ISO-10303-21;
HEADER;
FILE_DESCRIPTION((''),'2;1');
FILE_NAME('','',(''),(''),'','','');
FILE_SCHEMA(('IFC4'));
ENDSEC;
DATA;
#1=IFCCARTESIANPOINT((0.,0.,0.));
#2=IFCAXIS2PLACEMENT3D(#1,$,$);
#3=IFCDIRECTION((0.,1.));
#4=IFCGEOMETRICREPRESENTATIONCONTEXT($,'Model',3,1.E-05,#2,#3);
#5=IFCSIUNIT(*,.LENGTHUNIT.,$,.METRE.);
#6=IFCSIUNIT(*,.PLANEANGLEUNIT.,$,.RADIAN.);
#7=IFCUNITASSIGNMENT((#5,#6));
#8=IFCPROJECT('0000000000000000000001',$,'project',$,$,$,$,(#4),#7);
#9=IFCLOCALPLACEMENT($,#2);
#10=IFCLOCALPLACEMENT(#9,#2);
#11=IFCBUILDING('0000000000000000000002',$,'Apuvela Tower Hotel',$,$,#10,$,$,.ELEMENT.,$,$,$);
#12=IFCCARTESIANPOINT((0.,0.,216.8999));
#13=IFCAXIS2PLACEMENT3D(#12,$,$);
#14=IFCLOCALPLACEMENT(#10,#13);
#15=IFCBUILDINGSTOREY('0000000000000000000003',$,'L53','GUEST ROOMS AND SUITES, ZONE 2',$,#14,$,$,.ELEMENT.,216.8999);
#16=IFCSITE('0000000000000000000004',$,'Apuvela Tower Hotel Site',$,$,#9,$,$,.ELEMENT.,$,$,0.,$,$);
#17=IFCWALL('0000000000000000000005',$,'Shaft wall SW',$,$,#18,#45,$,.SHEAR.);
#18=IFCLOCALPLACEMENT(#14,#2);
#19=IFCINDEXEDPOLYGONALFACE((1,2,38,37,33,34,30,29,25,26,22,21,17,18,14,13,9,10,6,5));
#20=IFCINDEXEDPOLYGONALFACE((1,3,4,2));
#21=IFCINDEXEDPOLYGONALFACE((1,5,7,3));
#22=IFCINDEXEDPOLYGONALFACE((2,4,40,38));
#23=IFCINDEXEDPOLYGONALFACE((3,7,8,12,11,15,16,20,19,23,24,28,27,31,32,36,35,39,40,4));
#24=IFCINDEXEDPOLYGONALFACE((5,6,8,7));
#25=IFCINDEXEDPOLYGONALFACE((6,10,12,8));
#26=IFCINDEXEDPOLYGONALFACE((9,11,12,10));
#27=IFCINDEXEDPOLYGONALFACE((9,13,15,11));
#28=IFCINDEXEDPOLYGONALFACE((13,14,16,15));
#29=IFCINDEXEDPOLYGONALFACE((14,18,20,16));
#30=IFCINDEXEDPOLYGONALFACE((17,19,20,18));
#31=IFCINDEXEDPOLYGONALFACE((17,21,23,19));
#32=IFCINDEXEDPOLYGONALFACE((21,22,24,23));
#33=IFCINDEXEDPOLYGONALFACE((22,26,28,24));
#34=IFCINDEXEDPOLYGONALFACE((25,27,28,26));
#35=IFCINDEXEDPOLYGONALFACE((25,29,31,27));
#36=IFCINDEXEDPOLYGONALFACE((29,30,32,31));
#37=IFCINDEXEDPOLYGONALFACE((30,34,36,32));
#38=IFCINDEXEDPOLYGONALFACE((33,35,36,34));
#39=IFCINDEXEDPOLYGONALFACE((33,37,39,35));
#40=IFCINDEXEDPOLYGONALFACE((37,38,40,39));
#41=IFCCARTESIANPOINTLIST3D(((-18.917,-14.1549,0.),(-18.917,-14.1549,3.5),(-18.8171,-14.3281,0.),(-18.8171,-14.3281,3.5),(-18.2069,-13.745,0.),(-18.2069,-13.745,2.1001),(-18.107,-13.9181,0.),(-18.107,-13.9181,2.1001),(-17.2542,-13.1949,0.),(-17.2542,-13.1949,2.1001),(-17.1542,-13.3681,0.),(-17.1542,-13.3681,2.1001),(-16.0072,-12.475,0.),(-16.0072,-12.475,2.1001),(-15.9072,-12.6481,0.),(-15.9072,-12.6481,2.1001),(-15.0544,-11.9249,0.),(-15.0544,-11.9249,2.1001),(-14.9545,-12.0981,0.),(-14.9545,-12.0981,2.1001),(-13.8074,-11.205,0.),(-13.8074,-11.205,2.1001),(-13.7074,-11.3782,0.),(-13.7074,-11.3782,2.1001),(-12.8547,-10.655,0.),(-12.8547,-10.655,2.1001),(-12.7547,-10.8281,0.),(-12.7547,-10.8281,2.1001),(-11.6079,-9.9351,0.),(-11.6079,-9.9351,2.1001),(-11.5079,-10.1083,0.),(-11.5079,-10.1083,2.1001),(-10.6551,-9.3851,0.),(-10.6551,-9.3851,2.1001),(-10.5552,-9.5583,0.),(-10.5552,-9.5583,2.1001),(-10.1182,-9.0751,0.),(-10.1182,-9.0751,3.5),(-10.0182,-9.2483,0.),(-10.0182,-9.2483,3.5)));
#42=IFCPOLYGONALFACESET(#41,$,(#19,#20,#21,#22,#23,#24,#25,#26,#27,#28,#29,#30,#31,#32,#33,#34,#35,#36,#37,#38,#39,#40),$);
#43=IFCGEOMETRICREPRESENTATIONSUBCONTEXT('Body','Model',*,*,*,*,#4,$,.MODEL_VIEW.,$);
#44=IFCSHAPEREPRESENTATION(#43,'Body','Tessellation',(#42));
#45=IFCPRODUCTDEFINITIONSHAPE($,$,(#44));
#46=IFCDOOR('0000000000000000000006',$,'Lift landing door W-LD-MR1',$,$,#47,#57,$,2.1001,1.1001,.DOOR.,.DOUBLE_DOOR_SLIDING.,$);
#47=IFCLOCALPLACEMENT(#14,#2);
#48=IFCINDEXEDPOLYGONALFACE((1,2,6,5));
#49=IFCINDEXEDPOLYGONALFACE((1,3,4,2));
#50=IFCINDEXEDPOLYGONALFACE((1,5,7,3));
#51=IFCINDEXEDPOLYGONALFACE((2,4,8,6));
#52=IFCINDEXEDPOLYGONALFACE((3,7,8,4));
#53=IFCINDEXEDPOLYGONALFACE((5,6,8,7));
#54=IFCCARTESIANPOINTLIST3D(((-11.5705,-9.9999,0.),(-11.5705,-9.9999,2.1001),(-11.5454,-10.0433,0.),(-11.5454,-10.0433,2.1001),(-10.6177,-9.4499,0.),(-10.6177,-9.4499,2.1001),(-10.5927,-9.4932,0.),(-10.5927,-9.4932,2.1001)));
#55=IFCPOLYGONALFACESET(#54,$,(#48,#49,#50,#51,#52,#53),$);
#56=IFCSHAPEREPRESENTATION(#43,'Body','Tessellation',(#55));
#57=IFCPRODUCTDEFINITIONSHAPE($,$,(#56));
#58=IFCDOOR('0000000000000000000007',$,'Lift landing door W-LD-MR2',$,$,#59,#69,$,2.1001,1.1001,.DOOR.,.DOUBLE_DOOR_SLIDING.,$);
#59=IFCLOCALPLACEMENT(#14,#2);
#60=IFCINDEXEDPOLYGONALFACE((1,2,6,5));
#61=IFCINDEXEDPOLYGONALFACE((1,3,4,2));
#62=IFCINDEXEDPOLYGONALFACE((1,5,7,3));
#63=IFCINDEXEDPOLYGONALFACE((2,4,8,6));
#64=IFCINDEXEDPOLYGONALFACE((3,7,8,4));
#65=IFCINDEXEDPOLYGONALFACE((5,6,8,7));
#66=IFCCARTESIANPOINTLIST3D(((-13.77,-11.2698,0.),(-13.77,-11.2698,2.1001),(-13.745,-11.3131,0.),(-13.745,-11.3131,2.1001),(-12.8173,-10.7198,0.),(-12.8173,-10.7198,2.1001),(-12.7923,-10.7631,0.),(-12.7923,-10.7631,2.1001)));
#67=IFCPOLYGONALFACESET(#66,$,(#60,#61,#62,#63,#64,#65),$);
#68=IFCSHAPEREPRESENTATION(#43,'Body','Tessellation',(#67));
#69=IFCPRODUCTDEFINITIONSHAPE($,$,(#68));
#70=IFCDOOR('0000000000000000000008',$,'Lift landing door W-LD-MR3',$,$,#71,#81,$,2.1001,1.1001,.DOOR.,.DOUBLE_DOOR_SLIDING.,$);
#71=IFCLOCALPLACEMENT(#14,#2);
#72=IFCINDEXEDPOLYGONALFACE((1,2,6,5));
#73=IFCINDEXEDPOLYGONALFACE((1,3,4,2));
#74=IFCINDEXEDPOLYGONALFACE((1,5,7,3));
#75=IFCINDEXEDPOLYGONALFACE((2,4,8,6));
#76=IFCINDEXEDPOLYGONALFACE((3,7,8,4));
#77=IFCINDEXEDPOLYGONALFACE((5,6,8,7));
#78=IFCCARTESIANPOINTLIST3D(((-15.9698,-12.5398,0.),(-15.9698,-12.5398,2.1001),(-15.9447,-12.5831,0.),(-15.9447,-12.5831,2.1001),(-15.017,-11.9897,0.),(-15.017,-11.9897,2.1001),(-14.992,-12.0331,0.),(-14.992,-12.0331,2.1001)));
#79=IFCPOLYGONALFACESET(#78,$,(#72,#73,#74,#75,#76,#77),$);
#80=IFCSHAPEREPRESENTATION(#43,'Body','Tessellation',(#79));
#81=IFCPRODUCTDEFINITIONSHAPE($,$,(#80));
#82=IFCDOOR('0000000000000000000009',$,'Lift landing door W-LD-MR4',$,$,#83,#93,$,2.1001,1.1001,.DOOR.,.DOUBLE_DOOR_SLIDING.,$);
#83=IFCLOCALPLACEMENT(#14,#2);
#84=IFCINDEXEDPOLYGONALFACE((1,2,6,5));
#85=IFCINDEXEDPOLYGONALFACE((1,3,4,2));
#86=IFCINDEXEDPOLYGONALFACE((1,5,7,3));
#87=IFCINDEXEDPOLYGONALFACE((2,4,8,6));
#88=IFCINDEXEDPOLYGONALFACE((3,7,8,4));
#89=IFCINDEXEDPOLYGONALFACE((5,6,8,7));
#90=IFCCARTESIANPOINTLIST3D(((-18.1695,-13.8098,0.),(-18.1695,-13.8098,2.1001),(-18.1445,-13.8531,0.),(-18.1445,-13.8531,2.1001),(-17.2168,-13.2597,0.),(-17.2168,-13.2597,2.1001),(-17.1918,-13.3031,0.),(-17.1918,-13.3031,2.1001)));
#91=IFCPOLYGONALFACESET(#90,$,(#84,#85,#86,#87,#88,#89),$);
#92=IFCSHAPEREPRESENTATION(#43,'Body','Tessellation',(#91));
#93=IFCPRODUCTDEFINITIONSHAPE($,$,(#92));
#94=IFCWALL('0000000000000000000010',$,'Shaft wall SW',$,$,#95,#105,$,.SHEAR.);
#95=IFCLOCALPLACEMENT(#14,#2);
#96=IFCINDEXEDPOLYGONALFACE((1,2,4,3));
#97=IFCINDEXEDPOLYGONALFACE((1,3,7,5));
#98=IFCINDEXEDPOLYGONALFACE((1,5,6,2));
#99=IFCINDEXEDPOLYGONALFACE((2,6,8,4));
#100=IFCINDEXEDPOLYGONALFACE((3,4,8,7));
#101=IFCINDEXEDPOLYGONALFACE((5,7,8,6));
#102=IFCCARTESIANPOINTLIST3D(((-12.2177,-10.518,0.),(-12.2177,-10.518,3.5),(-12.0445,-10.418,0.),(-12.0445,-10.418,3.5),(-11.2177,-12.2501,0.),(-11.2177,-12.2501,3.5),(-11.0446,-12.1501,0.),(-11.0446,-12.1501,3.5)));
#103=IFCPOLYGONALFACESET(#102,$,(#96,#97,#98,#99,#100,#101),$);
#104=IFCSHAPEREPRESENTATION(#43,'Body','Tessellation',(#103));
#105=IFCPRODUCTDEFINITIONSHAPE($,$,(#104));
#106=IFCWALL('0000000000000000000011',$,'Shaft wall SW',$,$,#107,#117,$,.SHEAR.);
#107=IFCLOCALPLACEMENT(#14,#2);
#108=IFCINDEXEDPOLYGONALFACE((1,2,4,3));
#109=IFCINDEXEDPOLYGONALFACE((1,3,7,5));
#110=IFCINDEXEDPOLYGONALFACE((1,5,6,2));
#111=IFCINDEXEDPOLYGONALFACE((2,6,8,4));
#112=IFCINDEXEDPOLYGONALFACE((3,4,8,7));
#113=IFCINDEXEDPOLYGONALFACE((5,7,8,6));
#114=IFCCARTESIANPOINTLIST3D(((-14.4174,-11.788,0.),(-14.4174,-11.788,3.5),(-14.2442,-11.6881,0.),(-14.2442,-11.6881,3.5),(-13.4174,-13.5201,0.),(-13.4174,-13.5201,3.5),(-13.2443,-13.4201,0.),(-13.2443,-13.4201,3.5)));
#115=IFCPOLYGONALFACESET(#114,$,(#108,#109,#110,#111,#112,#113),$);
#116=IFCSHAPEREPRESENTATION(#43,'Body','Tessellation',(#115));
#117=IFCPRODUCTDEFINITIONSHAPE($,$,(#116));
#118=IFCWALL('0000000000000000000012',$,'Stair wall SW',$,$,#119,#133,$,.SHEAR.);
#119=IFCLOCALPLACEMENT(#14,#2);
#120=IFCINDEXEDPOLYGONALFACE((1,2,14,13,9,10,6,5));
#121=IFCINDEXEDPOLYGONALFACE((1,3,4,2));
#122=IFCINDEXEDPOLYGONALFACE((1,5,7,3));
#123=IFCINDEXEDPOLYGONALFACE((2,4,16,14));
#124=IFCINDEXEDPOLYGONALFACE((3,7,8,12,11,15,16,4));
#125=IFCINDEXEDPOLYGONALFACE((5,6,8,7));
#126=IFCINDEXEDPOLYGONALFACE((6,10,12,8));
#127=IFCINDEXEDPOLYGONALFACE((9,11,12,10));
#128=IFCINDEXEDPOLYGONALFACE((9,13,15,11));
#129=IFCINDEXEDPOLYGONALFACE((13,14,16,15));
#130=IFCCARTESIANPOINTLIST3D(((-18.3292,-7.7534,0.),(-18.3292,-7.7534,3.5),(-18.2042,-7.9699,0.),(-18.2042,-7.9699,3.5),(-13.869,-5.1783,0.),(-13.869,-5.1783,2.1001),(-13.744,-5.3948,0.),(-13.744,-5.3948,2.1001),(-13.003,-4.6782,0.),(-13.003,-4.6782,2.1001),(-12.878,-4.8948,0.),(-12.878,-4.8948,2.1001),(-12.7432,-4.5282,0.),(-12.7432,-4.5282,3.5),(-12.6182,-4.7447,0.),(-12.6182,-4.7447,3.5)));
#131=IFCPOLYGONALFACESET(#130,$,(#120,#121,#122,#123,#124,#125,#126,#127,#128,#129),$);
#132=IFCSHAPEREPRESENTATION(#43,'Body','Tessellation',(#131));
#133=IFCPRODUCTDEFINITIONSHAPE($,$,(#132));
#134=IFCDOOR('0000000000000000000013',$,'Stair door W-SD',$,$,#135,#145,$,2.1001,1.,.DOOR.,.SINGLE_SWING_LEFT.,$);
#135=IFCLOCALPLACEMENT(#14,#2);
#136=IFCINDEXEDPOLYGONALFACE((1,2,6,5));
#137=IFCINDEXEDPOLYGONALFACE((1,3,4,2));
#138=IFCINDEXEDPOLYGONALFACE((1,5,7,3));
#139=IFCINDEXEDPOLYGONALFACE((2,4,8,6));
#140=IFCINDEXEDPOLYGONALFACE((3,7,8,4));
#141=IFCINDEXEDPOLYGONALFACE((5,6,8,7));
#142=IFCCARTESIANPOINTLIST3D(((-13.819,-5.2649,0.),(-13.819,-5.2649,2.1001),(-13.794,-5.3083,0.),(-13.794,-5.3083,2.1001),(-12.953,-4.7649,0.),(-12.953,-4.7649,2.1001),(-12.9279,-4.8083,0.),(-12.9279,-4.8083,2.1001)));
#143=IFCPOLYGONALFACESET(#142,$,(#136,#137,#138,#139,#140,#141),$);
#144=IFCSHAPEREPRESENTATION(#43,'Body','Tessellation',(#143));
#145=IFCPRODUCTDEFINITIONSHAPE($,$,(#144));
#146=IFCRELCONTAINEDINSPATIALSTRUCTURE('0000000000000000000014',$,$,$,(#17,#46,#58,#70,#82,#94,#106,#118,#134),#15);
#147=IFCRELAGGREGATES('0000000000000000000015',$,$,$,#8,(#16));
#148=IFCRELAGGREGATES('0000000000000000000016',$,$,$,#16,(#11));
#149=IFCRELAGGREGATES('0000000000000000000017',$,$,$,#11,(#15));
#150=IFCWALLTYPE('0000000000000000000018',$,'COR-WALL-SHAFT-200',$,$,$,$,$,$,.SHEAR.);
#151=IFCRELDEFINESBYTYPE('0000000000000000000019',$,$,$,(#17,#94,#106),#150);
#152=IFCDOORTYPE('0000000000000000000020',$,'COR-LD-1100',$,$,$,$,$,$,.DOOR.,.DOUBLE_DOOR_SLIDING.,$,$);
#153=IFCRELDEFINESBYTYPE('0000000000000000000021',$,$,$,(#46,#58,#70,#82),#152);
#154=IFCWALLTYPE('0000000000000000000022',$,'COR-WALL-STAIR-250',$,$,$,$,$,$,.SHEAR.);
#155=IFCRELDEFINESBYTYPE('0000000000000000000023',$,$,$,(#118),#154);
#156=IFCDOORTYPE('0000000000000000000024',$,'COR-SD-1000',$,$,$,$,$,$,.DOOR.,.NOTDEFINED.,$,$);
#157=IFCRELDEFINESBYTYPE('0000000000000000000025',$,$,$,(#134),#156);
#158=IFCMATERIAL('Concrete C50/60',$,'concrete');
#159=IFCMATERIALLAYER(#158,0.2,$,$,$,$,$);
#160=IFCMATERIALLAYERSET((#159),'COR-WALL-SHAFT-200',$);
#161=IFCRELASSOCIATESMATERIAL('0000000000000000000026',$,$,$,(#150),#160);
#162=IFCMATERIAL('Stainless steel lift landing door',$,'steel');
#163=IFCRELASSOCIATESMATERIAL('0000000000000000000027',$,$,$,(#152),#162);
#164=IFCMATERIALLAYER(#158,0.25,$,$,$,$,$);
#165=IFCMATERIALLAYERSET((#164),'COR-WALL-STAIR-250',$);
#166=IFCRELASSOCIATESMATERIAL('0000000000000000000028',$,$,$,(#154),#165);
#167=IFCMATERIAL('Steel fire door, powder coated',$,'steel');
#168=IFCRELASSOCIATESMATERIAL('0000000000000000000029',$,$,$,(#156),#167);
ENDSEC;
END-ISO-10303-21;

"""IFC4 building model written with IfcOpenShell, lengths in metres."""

from ifc_helpers import new_model, si_unit, direction, frame, frame_2d, origin, place, context, subcontext, project, spatial, rectangle, extrude, material, layer, layer_set, type_object, element, fill, save


model = new_model("IFC4")

# Units and contexts
model_context = context("Model", 3, precision=1e-05, world=origin(), true_north=direction((0.0, 1.0)))
body_context = subcontext(model_context, "Body", "Model", "MODEL_VIEW")
ifc_project = project(units=[si_unit("LENGTHUNIT", "METRE"), si_unit("PLANEANGLEUNIT", "RADIAN")], contexts=[model_context])

# Site, building, storey
site_placement = place(None, origin())
site = spatial("IfcSite", under=ifc_project, at=site_placement, Name="Apuvela Tower Hotel Site", CompositionType="ELEMENT", RefElevation=0.0)
building_placement = place(site_placement, origin())
building = spatial("IfcBuilding", under=site, at=building_placement, Name="Apuvela Tower Hotel", CompositionType="ELEMENT")
storey_placement = place(building_placement, frame((0.0, 0.0, 216.8999)))
storey = spatial("IfcBuildingStorey", under=building, at=storey_placement, Name="L53", Description="GUEST ROOMS AND SUITES, ZONE 2", CompositionType="ELEMENT", Elevation=216.8999)

# Shared definitions
ifc_material_1 = material(Name="Concrete C50/60", Category="concrete")

# Shared definitions
ifc_layer_1 = layer(ifc_material_1, 0.2)
ifc_layer_set_1 = layer_set([ifc_layer_1], Name="COR-WALL-SHAFT-200")
wall_type_1 = type_object("IfcWallType", Name="COR-WALL-SHAFT-200", PredefinedType="SHEAR", material=ifc_layer_set_1)
ifc_material_2 = material(Name="Stainless steel lift landing door", Category="steel")

# Wall, openings, doors
wall_1_placement = place(storey_placement, frame((-10.0681, -9.1616, 0.0), z_axis=(0.0, 0.0, 1.0), x_axis=(-0.866033, -0.499987, 0.0)))
wall_1 = element("IfcWall", 1, at=wall_1_placement, inside=storey, type_object=wall_type_1, Name="Shaft wall SW", PredefinedType="SHEAR", context=body_context, shape_type="SweptSolid", body=[
    extrude(rectangle(XDim=10.1599, YDim=0.2, at=frame_2d((5.0801, 0.0))), origin(), (0.0, 0.0, 1.0), 3.5),
])
opening_1_placement = place(wall_1_placement, frame((0.6201, 0.0, 0.0)))
opening_1 = element("IfcOpeningElement", 2, at=opening_1_placement, cuts=wall_1, PredefinedType="OPENING", context=body_context, shape_type="SweptSolid", body=[
    extrude(rectangle(XDim=1.1001, YDim=2.1001, at=frame_2d((0.55, 1.05))), frame((0.0, 0.1099, 0.0), z_axis=(0.0, -1.0, 0.0), x_axis=(1.0, 0.0, 0.0)), (0.0, 0.0, 1.0), 0.22),
])
opening_2_placement = place(wall_1_placement, frame((3.1599, 0.0, 0.0)))
opening_2 = element("IfcOpeningElement", 3, at=opening_2_placement, cuts=wall_1, PredefinedType="OPENING", context=body_context, shape_type="SweptSolid", body=[
    extrude(rectangle(XDim=1.1001, YDim=2.1001, at=frame_2d((0.55, 1.05))), frame((0.0, 0.1099, 0.0), z_axis=(0.0, -1.0, 0.0), x_axis=(1.0, 0.0, 0.0)), (0.0, 0.0, 1.0), 0.22),
])
opening_3_placement = place(wall_1_placement, frame((5.7, 0.0, 0.0)))
opening_3 = element("IfcOpeningElement", 4, at=opening_3_placement, cuts=wall_1, PredefinedType="OPENING", context=body_context, shape_type="SweptSolid", body=[
    extrude(rectangle(XDim=1.1001, YDim=2.1001, at=frame_2d((0.55, 1.05))), frame((0.0, 0.1099, 0.0), z_axis=(0.0, -1.0, 0.0), x_axis=(1.0, 0.0, 0.0)), (0.0, 0.0, 1.0), 0.22),
])
opening_4_placement = place(wall_1_placement, frame((8.24, 0.0, 0.0)))
opening_4 = element("IfcOpeningElement", 5, at=opening_4_placement, cuts=wall_1, PredefinedType="OPENING", context=body_context, shape_type="SweptSolid", body=[
    extrude(rectangle(XDim=1.1001, YDim=2.1001, at=frame_2d((0.55, 1.05))), frame((0.0, 0.1099, 0.0), z_axis=(0.0, -1.0, 0.0), x_axis=(1.0, 0.0, 0.0)), (0.0, 0.0, 1.0), 0.22),
])
door_type_1 = type_object("IfcDoorType", Name="COR-LD-1100", OperationType="DOUBLE_DOOR_SLIDING", PredefinedType="DOOR", material=ifc_material_2)
door_1_placement = place(opening_1_placement, origin())
door_1 = element("IfcDoor", 6, at=door_1_placement, inside=storey, type_object=door_type_1, Name="Lift landing door W-LD-MR1", OperationType="DOUBLE_DOOR_SLIDING", OverallHeight=2.1001, OverallWidth=1.1001, PredefinedType="DOOR", context=body_context, shape_type="SweptSolid", body=[
    extrude(rectangle(XDim=1.1001, YDim=2.1001, at=frame_2d((0.55, 1.05))), frame((0.0, 0.0249, 0.0), z_axis=(0.0, -1.0, 0.0), x_axis=(1.0, 0.0, 0.0)), (0.0, 0.0, 1.0), 0.05),
])
fill(opening_1, door_1)
door_2_placement = place(opening_2_placement, origin())
door_2 = element("IfcDoor", 7, at=door_2_placement, inside=storey, type_object=door_type_1, Name="Lift landing door W-LD-MR2", OperationType="DOUBLE_DOOR_SLIDING", OverallHeight=2.1001, OverallWidth=1.1001, PredefinedType="DOOR", context=body_context, shape_type="SweptSolid", body=[
    extrude(rectangle(XDim=1.1001, YDim=2.1001, at=frame_2d((0.55, 1.05))), frame((0.0, 0.0249, 0.0), z_axis=(0.0, -1.0, 0.0), x_axis=(1.0, 0.0, 0.0)), (0.0, 0.0, 1.0), 0.05),
])
fill(opening_2, door_2)
door_3_placement = place(opening_3_placement, origin())
door_3 = element("IfcDoor", 8, at=door_3_placement, inside=storey, type_object=door_type_1, Name="Lift landing door W-LD-MR3", OperationType="DOUBLE_DOOR_SLIDING", OverallHeight=2.1001, OverallWidth=1.1001, PredefinedType="DOOR", context=body_context, shape_type="SweptSolid", body=[
    extrude(rectangle(XDim=1.1001, YDim=2.1001, at=frame_2d((0.55, 1.05))), frame((0.0, 0.0249, 0.0), z_axis=(0.0, -1.0, 0.0), x_axis=(1.0, 0.0, 0.0)), (0.0, 0.0, 1.0), 0.05),
])
fill(opening_3, door_3)
door_4_placement = place(opening_4_placement, origin())
door_4 = element("IfcDoor", 9, at=door_4_placement, inside=storey, type_object=door_type_1, Name="Lift landing door W-LD-MR4", OperationType="DOUBLE_DOOR_SLIDING", OverallHeight=2.1001, OverallWidth=1.1001, PredefinedType="DOOR", context=body_context, shape_type="SweptSolid", body=[
    extrude(rectangle(XDim=1.1001, YDim=2.1001, at=frame_2d((0.55, 1.05))), frame((0.0, 0.0249, 0.0), z_axis=(0.0, -1.0, 0.0), x_axis=(1.0, 0.0, 0.0)), (0.0, 0.0, 1.0), 0.05),
])
fill(opening_4, door_4)

# Walls
for number, where, z_axis, x_axis, name in (
    (10, (-12.1311, -10.468, 0.0), (0.0, 0.0, 1.0), (0.499973, -0.866041, 0.0), "Shaft wall SW"),
    (11, (-14.3308, -11.738, 0.0), (0.0, 0.0, 1.0), (0.499973, -0.866041, 0.0), "Shaft wall SW"),
):
    element("IfcWall", number, at=place(storey_placement, frame(where, z_axis=z_axis, x_axis=x_axis)), inside=storey, type_object=wall_type_1, Name=name, PredefinedType="SHEAR", context=body_context, shape_type="SweptSolid", body=[
        extrude(rectangle(XDim=2.0, YDim=0.2, at=frame_2d((1.0, 0.0))), origin(), (0.0, 0.0, 1.0), 3.5),
    ])

# Wall, opening, door
ifc_layer_2 = layer(ifc_material_1, 0.25)
ifc_layer_set_2 = layer_set([ifc_layer_2], Name="COR-WALL-STAIR-250")
wall_type_2 = type_object("IfcWallType", Name="COR-WALL-STAIR-250", PredefinedType="SHEAR", material=ifc_layer_set_2)
wall_2_placement = place(storey_placement, frame((-12.6807, -4.6365, 0.0), z_axis=(0.0, 0.0, 1.0), x_axis=(-0.866022, -0.500006, 0.0)))
wall_2 = element("IfcWall", 12, at=wall_2_placement, inside=storey, type_object=wall_type_2, Name="Stair wall SW", PredefinedType="SHEAR", context=body_context, shape_type="SweptSolid", body=[
    extrude(rectangle(XDim=6.4502, YDim=0.25, at=frame_2d((3.2251, 0.0))), origin(), (0.0, 0.0, 1.0), 3.5),
])
opening_5_placement = place(wall_2_placement, frame((0.3, 0.0, 0.0)))
opening_5 = element("IfcOpeningElement", 13, at=opening_5_placement, cuts=wall_2, PredefinedType="OPENING", context=body_context, shape_type="SweptSolid", body=[
    extrude(rectangle(XDim=1.0, YDim=2.1001, at=frame_2d((0.5, 1.05))), frame((0.0, 0.135, 0.0), z_axis=(0.0, -1.0, 0.0), x_axis=(1.0, 0.0, 0.0)), (0.0, 0.0, 1.0), 0.27),
])
ifc_material_3 = material(Name="Steel fire door, powder coated", Category="steel")
door_type_2 = type_object("IfcDoorType", Name="COR-SD-1000", OperationType="NOTDEFINED", PredefinedType="DOOR", material=ifc_material_3)
door_5_placement = place(opening_5_placement, frame((1.0, 0.0, 0.0), z_axis=(0.0, 0.0, 1.0), x_axis=(-1.0, 0.0, 0.0)))
door_5 = element("IfcDoor", 14, at=door_5_placement, inside=storey, type_object=door_type_2, Name="Stair door W-SD", OperationType="SINGLE_SWING_LEFT", OverallHeight=2.1001, OverallWidth=1.0, PredefinedType="DOOR", context=body_context, shape_type="SweptSolid", body=[
    extrude(rectangle(XDim=1.0, YDim=2.1001, at=frame_2d((0.5, 1.05))), frame((0.0, 0.0249, 0.0), z_axis=(0.0, -1.0, 0.0), x_axis=(1.0, 0.0, 0.0)), (0.0, 0.0, 1.0), 0.05),
])
fill(opening_5, door_5)

save(model, "model.ifc")
